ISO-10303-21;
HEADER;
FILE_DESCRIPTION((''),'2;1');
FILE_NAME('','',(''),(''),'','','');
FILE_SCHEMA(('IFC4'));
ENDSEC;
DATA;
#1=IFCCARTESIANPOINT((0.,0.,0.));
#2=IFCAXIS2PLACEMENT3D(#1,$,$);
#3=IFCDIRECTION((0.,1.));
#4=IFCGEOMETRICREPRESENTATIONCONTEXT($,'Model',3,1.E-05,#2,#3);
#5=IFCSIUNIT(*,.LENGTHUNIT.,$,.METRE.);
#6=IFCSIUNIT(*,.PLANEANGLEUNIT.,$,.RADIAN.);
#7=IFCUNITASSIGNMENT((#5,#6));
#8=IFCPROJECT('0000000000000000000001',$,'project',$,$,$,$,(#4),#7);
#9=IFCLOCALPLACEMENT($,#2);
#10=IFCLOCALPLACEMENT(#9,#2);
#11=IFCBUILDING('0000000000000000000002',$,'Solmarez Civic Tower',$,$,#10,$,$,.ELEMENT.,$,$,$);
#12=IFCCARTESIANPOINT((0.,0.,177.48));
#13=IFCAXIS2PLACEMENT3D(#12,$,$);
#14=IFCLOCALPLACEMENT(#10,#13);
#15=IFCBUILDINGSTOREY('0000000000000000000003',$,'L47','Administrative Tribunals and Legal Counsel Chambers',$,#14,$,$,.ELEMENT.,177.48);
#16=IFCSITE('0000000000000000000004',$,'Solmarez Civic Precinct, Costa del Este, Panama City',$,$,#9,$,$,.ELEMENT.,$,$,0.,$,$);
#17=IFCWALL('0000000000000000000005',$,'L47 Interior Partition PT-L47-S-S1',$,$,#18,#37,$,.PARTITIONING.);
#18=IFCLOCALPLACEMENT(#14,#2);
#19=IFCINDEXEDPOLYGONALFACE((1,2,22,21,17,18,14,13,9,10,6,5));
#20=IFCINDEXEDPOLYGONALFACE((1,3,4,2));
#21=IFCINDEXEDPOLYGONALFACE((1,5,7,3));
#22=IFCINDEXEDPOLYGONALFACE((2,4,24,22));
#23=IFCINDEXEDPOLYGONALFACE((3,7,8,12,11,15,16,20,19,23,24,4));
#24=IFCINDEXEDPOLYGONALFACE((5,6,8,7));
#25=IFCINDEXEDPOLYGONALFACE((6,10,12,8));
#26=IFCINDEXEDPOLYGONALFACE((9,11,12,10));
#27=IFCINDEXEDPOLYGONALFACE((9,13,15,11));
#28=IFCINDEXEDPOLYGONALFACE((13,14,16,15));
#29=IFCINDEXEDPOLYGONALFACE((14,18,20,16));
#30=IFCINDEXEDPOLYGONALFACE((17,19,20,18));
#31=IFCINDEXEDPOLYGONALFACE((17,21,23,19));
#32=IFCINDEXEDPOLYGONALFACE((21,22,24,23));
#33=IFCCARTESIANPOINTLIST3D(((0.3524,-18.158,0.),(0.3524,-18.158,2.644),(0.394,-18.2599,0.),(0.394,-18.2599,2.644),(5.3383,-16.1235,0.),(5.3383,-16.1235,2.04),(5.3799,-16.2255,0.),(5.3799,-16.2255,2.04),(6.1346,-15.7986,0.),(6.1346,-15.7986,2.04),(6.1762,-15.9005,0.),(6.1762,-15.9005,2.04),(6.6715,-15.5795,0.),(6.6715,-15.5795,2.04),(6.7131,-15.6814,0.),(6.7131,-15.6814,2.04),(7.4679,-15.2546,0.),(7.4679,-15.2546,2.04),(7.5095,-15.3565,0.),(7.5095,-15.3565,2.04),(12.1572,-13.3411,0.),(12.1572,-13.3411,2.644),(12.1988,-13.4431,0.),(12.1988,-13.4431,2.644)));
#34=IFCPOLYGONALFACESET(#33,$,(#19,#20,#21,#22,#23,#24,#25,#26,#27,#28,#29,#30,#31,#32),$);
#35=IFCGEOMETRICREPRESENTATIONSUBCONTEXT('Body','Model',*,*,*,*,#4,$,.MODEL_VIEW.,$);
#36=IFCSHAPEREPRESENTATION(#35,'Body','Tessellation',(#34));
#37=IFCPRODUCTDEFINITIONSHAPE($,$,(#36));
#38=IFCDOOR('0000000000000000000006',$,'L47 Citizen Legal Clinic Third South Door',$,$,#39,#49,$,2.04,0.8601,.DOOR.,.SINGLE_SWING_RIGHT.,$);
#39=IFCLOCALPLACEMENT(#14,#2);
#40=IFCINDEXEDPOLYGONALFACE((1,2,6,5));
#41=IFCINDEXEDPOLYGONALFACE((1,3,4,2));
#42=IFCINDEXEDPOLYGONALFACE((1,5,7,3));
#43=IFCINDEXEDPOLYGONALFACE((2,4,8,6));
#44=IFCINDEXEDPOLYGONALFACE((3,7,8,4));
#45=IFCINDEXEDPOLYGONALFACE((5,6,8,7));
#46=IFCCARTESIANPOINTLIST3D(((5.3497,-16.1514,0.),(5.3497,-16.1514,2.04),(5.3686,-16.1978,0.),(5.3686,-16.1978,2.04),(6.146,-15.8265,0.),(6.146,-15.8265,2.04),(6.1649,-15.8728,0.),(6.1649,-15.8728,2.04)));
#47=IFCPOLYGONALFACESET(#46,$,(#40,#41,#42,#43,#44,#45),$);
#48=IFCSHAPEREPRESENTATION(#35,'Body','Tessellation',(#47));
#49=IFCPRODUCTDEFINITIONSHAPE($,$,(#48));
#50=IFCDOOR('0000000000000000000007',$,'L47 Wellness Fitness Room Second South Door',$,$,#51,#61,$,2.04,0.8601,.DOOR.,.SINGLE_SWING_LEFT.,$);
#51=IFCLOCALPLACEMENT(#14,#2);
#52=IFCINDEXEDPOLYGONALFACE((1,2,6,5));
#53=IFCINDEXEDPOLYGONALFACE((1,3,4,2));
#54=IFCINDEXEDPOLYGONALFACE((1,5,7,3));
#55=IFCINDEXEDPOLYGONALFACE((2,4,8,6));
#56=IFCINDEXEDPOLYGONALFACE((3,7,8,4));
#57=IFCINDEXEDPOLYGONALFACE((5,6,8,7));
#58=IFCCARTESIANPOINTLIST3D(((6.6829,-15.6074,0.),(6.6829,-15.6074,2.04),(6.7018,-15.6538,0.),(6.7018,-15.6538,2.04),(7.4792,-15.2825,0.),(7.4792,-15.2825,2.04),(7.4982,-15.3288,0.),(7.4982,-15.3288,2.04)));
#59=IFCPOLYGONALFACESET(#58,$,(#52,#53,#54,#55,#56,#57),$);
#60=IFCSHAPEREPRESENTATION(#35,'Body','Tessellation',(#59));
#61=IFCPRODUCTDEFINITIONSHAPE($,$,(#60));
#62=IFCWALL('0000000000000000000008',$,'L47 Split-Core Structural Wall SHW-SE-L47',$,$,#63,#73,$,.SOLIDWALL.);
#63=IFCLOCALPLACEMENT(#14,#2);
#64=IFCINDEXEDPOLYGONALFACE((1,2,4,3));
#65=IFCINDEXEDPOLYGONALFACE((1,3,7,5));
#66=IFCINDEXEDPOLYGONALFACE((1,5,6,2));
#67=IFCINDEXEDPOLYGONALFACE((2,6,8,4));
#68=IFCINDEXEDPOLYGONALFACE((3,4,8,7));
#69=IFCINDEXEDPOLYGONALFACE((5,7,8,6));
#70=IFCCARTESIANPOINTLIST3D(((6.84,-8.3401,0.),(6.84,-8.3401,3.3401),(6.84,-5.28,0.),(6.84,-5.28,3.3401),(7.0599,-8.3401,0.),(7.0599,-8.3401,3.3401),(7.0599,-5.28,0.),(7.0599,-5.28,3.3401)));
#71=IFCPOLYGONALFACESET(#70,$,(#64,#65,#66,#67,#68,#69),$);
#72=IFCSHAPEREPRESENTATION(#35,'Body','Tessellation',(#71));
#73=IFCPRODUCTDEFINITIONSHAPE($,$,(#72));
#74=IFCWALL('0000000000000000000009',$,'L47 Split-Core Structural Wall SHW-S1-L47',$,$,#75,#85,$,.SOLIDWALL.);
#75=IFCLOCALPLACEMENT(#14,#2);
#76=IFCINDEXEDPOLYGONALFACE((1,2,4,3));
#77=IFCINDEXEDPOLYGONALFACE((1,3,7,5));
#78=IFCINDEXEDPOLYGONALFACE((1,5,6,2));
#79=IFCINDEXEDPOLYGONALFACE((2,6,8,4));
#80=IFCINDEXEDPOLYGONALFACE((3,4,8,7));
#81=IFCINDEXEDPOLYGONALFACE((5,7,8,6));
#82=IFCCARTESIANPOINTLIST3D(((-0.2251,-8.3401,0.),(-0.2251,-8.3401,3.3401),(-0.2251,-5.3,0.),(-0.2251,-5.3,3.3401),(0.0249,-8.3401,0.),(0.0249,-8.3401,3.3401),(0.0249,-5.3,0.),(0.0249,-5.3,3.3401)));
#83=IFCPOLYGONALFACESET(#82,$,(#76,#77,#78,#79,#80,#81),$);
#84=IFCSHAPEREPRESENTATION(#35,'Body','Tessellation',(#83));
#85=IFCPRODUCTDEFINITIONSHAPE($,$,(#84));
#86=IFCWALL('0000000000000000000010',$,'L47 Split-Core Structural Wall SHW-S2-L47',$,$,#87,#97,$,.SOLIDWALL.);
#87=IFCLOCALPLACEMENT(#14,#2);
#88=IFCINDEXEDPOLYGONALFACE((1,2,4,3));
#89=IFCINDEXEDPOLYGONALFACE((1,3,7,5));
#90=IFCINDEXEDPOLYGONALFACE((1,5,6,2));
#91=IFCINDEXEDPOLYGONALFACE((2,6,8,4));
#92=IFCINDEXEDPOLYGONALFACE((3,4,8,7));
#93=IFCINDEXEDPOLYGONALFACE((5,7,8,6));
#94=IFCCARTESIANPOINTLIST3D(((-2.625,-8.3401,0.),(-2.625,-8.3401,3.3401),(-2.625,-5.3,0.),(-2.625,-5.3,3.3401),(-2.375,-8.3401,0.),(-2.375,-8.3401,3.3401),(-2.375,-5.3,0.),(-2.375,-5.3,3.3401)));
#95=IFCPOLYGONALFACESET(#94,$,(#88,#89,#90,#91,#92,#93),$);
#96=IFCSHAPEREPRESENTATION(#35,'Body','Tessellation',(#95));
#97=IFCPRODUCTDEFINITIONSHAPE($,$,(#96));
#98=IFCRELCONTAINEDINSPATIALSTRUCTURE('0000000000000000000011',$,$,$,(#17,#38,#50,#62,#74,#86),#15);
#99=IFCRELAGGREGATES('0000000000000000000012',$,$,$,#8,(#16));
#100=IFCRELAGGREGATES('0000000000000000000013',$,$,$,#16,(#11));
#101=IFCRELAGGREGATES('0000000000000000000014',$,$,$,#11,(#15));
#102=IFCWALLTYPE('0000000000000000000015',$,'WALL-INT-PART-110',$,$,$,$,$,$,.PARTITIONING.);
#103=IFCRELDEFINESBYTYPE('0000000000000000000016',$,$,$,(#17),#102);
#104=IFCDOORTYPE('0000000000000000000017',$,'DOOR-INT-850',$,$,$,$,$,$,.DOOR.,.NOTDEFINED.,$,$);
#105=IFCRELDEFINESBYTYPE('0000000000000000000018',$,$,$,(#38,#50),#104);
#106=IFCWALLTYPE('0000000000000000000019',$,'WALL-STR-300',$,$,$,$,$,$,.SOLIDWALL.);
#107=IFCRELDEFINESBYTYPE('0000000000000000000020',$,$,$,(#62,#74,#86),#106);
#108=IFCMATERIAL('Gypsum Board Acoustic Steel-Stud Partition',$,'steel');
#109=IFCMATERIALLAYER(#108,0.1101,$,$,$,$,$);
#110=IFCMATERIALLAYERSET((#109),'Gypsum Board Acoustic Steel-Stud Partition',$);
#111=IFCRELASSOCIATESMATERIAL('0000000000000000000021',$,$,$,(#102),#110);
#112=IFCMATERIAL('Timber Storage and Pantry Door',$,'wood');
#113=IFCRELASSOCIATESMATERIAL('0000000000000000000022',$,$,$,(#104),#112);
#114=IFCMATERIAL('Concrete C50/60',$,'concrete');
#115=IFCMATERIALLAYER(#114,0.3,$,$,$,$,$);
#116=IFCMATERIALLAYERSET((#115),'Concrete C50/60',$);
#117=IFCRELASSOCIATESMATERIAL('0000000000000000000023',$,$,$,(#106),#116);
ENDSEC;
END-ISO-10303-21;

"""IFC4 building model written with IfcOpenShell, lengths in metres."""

from ifc_helpers import new_model, si_unit, direction, frame, frame_2d, origin, place, context, subcontext, project, spatial, rectangle, extrude, material, layer, layer_set, type_object, element, fill, save


model = new_model("IFC4")

# Units and contexts
model_context = context("Model", 3, precision=1e-05, world=origin(), true_north=direction((0.0, 1.0)))
body_context = subcontext(model_context, "Body", "Model", "MODEL_VIEW")
ifc_project = project(units=[si_unit("LENGTHUNIT", "METRE"), si_unit("PLANEANGLEUNIT", "RADIAN")], contexts=[model_context])

# Site, building, storey
site_placement = place(None, origin())
site = spatial("IfcSite", under=ifc_project, at=site_placement, Name="Solmarez Civic Precinct, Costa del Este, Panama City", CompositionType="ELEMENT", RefElevation=0.0)
building_placement = place(site_placement, origin())
building = spatial("IfcBuilding", under=site, at=building_placement, Name="Solmarez Civic Tower", CompositionType="ELEMENT")
storey_placement = place(building_placement, frame((0.0, 0.0, 177.48)))
storey = spatial("IfcBuildingStorey", under=building, at=storey_placement, Name="L47", Description="Administrative Tribunals and Legal Counsel Chambers", CompositionType="ELEMENT", Elevation=177.48)

# Shared definitions
ifc_material_1 = material(Name="Gypsum Board Acoustic Steel-Stud Partition", Category="steel")
ifc_layer_1 = layer(ifc_material_1, 0.1101)
ifc_layer_set_1 = layer_set([ifc_layer_1], Name="Gypsum Board Acoustic Steel-Stud Partition")
wall_type_1 = type_object("IfcWallType", Name="WALL-INT-PART-110", PredefinedType="PARTITIONING", material=ifc_layer_set_1)

# Wall, openings, doors
wall_1_placement = place(storey_placement, frame((0.373, -18.209, 0.0), z_axis=(0.0, 0.0, 1.0), x_axis=(0.925887, 0.3778, 0.0)))
wall_1 = element("IfcWall", 1, at=wall_1_placement, inside=storey, type_object=wall_type_1, Name="L47 Interior Partition PT-L47-S-S1", PredefinedType="PARTITIONING", context=body_context, shape_type="SweptSolid", body=[
    extrude(rectangle(XDim=12.7498, YDim=0.1101, at=frame_2d((6.375, 0.0))), origin(), (0.0, 0.0, 1.0), 2.644),
])
opening_1_placement = place(wall_1_placement, frame((5.385, 0.0, 0.0)))
opening_1 = element("IfcOpeningElement", 2, at=opening_1_placement, cuts=wall_1, PredefinedType="OPENING", context=body_context, shape_type="SweptSolid", body=[
    extrude(rectangle(XDim=0.8601, YDim=2.04, at=frame_2d((0.4302, 1.02))), frame((0.0, 0.0649, 0.0), z_axis=(0.0, -1.0, 0.0), x_axis=(1.0, 0.0, 0.0)), (0.0, 0.0, 1.0), 0.1301),
])
opening_2_placement = place(wall_1_placement, frame((6.825, 0.0, 0.0)))
opening_2 = element("IfcOpeningElement", 3, at=opening_2_placement, cuts=wall_1, PredefinedType="OPENING", context=body_context, shape_type="SweptSolid", body=[
    extrude(rectangle(XDim=0.8601, YDim=2.04, at=frame_2d((0.4302, 1.02))), frame((0.0, 0.0649, 0.0), z_axis=(0.0, -1.0, 0.0), x_axis=(1.0, 0.0, 0.0)), (0.0, 0.0, 1.0), 0.1301),
])
ifc_material_2 = material(Name="Timber Storage and Pantry Door", Category="wood")
door_type = type_object("IfcDoorType", Name="DOOR-INT-850", OperationType="NOTDEFINED", PredefinedType="DOOR", material=ifc_material_2)
door_1_placement = place(opening_1_placement, origin())
door_1 = element("IfcDoor", 4, at=door_1_placement, inside=storey, type_object=door_type, Name="L47 Citizen Legal Clinic Third South Door", OperationType="SINGLE_SWING_RIGHT", OverallHeight=2.04, OverallWidth=0.8601, PredefinedType="DOOR", context=body_context, shape_type="SweptSolid", body=[
    extrude(rectangle(XDim=0.8601, YDim=2.04, at=frame_2d((0.4302, 1.02))), frame((0.0, 0.0249, 0.0), z_axis=(0.0, -1.0, 0.0), x_axis=(1.0, 0.0, 0.0)), (0.0, 0.0, 1.0), 0.05),
])
fill(opening_1, door_1)
door_2_placement = place(opening_2_placement, origin())
door_2 = element("IfcDoor", 5, at=door_2_placement, inside=storey, type_object=door_type, Name="L47 Wellness Fitness Room Second South Door", OperationType="SINGLE_SWING_LEFT", OverallHeight=2.04, OverallWidth=0.8601, PredefinedType="DOOR", context=body_context, shape_type="SweptSolid", body=[
    extrude(rectangle(XDim=0.8601, YDim=2.04, at=frame_2d((0.4302, 1.02))), frame((0.0, 0.0249, 0.0), z_axis=(0.0, -1.0, 0.0), x_axis=(1.0, 0.0, 0.0)), (0.0, 0.0, 1.0), 0.05),
])
fill(opening_2, door_2)

# Walls
ifc_material_3 = material(Name="Concrete C50/60", Category="concrete")
ifc_layer_2 = layer(ifc_material_3, 0.3)
ifc_layer_set_2 = layer_set([ifc_layer_2], Name="Concrete C50/60")
wall_type_2 = type_object("IfcWallType", Name="WALL-STR-300", PredefinedType="SOLIDWALL", material=ifc_layer_set_2)
wall_2_placement = place(storey_placement, frame((6.95, -8.3401, 0.0), z_axis=(0.0, 0.0, 1.0), x_axis=(0.0, 1.0, 0.0)))
element("IfcWall", 6, at=wall_2_placement, inside=storey, type_object=wall_type_2, Name="L47 Split-Core Structural Wall SHW-SE-L47", PredefinedType="SOLIDWALL", context=body_context, shape_type="SweptSolid", body=[
    extrude(rectangle(XDim=3.0601, YDim=0.22, at=frame_2d((1.53, 0.0))), origin(), (0.0, 0.0, 1.0), 3.3401),
])
for number, where, z_axis, x_axis, name in (
    (7, (-0.1001, -8.3401, 0.0), (0.0, 0.0, 1.0), (0.0, 1.0, 0.0), "L47 Split-Core Structural Wall SHW-S1-L47"),
    (8, (-2.5, -8.3401, 0.0), (0.0, 0.0, 1.0), (0.0, 1.0, 0.0), "L47 Split-Core Structural Wall SHW-S2-L47"),
):
    element("IfcWall", number, at=place(storey_placement, frame(where, z_axis=z_axis, x_axis=x_axis)), inside=storey, type_object=wall_type_2, Name=name, PredefinedType="SOLIDWALL", context=body_context, shape_type="SweptSolid", body=[
        extrude(rectangle(XDim=3.04, YDim=0.25, at=frame_2d((1.52, 0.0))), origin(), (0.0, 0.0, 1.0), 3.3401),
    ])

save(model, "model.ifc")
